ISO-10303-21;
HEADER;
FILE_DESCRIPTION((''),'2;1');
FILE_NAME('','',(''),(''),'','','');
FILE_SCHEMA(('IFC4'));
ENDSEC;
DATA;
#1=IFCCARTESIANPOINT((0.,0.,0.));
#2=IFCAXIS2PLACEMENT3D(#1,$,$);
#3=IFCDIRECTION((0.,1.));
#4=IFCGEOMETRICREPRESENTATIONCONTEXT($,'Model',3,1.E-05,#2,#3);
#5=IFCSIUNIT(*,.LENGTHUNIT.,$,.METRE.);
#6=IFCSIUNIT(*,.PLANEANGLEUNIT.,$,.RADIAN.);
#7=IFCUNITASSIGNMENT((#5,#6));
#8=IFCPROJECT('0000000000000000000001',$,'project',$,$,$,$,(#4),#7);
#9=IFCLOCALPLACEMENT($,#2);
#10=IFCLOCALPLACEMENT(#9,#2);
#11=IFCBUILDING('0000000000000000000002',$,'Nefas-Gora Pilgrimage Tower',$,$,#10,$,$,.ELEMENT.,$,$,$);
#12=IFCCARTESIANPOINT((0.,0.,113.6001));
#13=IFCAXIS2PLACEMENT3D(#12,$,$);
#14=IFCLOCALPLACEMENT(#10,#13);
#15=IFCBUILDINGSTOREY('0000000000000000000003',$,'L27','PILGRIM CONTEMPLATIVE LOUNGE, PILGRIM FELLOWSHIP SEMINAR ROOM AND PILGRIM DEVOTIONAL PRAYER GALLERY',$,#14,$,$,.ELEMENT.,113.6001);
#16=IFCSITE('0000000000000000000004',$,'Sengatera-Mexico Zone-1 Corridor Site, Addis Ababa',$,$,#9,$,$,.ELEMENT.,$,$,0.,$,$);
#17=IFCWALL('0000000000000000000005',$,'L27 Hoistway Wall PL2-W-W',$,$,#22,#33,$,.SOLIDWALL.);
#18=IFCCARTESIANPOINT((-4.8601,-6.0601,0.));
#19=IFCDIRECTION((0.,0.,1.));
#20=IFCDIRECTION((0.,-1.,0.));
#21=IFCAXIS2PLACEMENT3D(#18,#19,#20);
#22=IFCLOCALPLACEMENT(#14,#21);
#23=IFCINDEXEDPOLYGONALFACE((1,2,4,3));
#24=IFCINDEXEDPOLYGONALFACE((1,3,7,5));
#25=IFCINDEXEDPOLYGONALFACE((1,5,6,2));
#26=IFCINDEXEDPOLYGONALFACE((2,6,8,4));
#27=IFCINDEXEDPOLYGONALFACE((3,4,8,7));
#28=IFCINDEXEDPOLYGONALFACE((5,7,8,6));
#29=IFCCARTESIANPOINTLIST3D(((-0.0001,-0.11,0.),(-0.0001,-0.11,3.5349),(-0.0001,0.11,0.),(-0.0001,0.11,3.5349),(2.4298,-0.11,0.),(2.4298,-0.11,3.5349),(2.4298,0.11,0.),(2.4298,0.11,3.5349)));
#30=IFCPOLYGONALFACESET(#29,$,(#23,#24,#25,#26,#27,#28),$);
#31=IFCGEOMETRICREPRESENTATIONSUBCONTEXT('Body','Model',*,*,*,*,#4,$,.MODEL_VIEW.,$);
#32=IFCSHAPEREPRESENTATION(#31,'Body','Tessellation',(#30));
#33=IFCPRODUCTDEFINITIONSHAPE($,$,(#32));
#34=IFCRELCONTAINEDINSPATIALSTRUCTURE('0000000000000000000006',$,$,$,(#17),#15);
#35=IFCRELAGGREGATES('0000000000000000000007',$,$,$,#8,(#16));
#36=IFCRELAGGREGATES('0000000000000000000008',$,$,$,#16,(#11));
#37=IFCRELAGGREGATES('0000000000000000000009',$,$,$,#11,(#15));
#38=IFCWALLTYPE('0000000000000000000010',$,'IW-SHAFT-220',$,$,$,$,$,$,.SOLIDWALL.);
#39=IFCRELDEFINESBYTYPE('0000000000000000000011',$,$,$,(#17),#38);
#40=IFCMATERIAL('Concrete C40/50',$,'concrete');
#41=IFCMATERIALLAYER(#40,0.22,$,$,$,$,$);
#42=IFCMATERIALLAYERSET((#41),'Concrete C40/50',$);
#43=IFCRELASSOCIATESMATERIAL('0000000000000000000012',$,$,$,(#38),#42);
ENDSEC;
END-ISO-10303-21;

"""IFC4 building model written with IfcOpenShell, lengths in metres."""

from ifc_helpers import new_model, si_unit, direction, frame, frame_2d, origin, place, context, subcontext, project, spatial, rectangle, extrude, source, transform, mapped, material, layer, layer_set, type_object, element, save


model = new_model("IFC4")

# Units and contexts
model_context = context("Model", 3, precision=1e-05, world=origin(), true_north=direction((0.0, 1.0)))
body_context = subcontext(model_context, "Body", "Model", "MODEL_VIEW")
ifc_project = project(units=[si_unit("LENGTHUNIT", "METRE"), si_unit("PLANEANGLEUNIT", "RADIAN")], contexts=[model_context])

# Site, building, storey
site_placement = place(None, origin())
site = spatial("IfcSite", under=ifc_project, at=site_placement, Name="Sengatera-Mexico Zone-1 Corridor Site, Addis Ababa", CompositionType="ELEMENT", RefElevation=0.0)
building_placement = place(site_placement, origin())
building = spatial("IfcBuilding", under=site, at=building_placement, Name="Nefas-Gora Pilgrimage Tower", CompositionType="ELEMENT")
storey_placement = place(building_placement, frame((0.0, 0.0, 113.6001)))
storey = spatial("IfcBuildingStorey", under=building, at=storey_placement, Name="L27", Description="PILGRIM CONTEMPLATIVE LOUNGE, PILGRIM FELLOWSHIP SEMINAR ROOM AND PILGRIM DEVOTIONAL PRAYER GALLERY", CompositionType="ELEMENT", Elevation=113.6001)

# Wall
ifc_material_1 = material(Name="Concrete C40/50", Category="concrete")
ifc_layer_1 = layer(ifc_material_1, 0.22)
ifc_layer_set_1 = layer_set([ifc_layer_1], Name="Concrete C40/50")
wall_type_1 = type_object("IfcWallType", Name="IW-SHAFT-220", PredefinedType="SOLIDWALL", material=ifc_layer_set_1)
shared_shape_1 = source(origin(), body_context, "Body", "SweptSolid", [
    extrude(rectangle(XDim=2.4299, YDim=0.22, at=frame_2d((1.2148, 0.0))), origin(), (0.0, 0.0, 1.0), 3.5349),
])
for number, where, z_axis, x_axis, name in (
    (1, (-4.8601, -6.0601, 0.0), (0.0, 0.0, 1.0), (0.0, -1.0, 0.0), "L27 Hoistway Wall PL2-W-W"),
):
    element("IfcWall", number, at=place(storey_placement, frame(where, z_axis=z_axis, x_axis=x_axis)), inside=storey, type_object=wall_type_1, Name=name, PredefinedType="SOLIDWALL", context=body_context, shape_type="MappedRepresentation", body=[
        mapped(shared_shape_1, transform((0.0, 0.0, 0.0), x_axis=(1.0, 0.0, 0.0), y_axis=(0.0, 1.0, 0.0), z_axis=(0.0, 0.0, 1.0), scale=1.0)),
    ])

save(model, "model.ifc")
